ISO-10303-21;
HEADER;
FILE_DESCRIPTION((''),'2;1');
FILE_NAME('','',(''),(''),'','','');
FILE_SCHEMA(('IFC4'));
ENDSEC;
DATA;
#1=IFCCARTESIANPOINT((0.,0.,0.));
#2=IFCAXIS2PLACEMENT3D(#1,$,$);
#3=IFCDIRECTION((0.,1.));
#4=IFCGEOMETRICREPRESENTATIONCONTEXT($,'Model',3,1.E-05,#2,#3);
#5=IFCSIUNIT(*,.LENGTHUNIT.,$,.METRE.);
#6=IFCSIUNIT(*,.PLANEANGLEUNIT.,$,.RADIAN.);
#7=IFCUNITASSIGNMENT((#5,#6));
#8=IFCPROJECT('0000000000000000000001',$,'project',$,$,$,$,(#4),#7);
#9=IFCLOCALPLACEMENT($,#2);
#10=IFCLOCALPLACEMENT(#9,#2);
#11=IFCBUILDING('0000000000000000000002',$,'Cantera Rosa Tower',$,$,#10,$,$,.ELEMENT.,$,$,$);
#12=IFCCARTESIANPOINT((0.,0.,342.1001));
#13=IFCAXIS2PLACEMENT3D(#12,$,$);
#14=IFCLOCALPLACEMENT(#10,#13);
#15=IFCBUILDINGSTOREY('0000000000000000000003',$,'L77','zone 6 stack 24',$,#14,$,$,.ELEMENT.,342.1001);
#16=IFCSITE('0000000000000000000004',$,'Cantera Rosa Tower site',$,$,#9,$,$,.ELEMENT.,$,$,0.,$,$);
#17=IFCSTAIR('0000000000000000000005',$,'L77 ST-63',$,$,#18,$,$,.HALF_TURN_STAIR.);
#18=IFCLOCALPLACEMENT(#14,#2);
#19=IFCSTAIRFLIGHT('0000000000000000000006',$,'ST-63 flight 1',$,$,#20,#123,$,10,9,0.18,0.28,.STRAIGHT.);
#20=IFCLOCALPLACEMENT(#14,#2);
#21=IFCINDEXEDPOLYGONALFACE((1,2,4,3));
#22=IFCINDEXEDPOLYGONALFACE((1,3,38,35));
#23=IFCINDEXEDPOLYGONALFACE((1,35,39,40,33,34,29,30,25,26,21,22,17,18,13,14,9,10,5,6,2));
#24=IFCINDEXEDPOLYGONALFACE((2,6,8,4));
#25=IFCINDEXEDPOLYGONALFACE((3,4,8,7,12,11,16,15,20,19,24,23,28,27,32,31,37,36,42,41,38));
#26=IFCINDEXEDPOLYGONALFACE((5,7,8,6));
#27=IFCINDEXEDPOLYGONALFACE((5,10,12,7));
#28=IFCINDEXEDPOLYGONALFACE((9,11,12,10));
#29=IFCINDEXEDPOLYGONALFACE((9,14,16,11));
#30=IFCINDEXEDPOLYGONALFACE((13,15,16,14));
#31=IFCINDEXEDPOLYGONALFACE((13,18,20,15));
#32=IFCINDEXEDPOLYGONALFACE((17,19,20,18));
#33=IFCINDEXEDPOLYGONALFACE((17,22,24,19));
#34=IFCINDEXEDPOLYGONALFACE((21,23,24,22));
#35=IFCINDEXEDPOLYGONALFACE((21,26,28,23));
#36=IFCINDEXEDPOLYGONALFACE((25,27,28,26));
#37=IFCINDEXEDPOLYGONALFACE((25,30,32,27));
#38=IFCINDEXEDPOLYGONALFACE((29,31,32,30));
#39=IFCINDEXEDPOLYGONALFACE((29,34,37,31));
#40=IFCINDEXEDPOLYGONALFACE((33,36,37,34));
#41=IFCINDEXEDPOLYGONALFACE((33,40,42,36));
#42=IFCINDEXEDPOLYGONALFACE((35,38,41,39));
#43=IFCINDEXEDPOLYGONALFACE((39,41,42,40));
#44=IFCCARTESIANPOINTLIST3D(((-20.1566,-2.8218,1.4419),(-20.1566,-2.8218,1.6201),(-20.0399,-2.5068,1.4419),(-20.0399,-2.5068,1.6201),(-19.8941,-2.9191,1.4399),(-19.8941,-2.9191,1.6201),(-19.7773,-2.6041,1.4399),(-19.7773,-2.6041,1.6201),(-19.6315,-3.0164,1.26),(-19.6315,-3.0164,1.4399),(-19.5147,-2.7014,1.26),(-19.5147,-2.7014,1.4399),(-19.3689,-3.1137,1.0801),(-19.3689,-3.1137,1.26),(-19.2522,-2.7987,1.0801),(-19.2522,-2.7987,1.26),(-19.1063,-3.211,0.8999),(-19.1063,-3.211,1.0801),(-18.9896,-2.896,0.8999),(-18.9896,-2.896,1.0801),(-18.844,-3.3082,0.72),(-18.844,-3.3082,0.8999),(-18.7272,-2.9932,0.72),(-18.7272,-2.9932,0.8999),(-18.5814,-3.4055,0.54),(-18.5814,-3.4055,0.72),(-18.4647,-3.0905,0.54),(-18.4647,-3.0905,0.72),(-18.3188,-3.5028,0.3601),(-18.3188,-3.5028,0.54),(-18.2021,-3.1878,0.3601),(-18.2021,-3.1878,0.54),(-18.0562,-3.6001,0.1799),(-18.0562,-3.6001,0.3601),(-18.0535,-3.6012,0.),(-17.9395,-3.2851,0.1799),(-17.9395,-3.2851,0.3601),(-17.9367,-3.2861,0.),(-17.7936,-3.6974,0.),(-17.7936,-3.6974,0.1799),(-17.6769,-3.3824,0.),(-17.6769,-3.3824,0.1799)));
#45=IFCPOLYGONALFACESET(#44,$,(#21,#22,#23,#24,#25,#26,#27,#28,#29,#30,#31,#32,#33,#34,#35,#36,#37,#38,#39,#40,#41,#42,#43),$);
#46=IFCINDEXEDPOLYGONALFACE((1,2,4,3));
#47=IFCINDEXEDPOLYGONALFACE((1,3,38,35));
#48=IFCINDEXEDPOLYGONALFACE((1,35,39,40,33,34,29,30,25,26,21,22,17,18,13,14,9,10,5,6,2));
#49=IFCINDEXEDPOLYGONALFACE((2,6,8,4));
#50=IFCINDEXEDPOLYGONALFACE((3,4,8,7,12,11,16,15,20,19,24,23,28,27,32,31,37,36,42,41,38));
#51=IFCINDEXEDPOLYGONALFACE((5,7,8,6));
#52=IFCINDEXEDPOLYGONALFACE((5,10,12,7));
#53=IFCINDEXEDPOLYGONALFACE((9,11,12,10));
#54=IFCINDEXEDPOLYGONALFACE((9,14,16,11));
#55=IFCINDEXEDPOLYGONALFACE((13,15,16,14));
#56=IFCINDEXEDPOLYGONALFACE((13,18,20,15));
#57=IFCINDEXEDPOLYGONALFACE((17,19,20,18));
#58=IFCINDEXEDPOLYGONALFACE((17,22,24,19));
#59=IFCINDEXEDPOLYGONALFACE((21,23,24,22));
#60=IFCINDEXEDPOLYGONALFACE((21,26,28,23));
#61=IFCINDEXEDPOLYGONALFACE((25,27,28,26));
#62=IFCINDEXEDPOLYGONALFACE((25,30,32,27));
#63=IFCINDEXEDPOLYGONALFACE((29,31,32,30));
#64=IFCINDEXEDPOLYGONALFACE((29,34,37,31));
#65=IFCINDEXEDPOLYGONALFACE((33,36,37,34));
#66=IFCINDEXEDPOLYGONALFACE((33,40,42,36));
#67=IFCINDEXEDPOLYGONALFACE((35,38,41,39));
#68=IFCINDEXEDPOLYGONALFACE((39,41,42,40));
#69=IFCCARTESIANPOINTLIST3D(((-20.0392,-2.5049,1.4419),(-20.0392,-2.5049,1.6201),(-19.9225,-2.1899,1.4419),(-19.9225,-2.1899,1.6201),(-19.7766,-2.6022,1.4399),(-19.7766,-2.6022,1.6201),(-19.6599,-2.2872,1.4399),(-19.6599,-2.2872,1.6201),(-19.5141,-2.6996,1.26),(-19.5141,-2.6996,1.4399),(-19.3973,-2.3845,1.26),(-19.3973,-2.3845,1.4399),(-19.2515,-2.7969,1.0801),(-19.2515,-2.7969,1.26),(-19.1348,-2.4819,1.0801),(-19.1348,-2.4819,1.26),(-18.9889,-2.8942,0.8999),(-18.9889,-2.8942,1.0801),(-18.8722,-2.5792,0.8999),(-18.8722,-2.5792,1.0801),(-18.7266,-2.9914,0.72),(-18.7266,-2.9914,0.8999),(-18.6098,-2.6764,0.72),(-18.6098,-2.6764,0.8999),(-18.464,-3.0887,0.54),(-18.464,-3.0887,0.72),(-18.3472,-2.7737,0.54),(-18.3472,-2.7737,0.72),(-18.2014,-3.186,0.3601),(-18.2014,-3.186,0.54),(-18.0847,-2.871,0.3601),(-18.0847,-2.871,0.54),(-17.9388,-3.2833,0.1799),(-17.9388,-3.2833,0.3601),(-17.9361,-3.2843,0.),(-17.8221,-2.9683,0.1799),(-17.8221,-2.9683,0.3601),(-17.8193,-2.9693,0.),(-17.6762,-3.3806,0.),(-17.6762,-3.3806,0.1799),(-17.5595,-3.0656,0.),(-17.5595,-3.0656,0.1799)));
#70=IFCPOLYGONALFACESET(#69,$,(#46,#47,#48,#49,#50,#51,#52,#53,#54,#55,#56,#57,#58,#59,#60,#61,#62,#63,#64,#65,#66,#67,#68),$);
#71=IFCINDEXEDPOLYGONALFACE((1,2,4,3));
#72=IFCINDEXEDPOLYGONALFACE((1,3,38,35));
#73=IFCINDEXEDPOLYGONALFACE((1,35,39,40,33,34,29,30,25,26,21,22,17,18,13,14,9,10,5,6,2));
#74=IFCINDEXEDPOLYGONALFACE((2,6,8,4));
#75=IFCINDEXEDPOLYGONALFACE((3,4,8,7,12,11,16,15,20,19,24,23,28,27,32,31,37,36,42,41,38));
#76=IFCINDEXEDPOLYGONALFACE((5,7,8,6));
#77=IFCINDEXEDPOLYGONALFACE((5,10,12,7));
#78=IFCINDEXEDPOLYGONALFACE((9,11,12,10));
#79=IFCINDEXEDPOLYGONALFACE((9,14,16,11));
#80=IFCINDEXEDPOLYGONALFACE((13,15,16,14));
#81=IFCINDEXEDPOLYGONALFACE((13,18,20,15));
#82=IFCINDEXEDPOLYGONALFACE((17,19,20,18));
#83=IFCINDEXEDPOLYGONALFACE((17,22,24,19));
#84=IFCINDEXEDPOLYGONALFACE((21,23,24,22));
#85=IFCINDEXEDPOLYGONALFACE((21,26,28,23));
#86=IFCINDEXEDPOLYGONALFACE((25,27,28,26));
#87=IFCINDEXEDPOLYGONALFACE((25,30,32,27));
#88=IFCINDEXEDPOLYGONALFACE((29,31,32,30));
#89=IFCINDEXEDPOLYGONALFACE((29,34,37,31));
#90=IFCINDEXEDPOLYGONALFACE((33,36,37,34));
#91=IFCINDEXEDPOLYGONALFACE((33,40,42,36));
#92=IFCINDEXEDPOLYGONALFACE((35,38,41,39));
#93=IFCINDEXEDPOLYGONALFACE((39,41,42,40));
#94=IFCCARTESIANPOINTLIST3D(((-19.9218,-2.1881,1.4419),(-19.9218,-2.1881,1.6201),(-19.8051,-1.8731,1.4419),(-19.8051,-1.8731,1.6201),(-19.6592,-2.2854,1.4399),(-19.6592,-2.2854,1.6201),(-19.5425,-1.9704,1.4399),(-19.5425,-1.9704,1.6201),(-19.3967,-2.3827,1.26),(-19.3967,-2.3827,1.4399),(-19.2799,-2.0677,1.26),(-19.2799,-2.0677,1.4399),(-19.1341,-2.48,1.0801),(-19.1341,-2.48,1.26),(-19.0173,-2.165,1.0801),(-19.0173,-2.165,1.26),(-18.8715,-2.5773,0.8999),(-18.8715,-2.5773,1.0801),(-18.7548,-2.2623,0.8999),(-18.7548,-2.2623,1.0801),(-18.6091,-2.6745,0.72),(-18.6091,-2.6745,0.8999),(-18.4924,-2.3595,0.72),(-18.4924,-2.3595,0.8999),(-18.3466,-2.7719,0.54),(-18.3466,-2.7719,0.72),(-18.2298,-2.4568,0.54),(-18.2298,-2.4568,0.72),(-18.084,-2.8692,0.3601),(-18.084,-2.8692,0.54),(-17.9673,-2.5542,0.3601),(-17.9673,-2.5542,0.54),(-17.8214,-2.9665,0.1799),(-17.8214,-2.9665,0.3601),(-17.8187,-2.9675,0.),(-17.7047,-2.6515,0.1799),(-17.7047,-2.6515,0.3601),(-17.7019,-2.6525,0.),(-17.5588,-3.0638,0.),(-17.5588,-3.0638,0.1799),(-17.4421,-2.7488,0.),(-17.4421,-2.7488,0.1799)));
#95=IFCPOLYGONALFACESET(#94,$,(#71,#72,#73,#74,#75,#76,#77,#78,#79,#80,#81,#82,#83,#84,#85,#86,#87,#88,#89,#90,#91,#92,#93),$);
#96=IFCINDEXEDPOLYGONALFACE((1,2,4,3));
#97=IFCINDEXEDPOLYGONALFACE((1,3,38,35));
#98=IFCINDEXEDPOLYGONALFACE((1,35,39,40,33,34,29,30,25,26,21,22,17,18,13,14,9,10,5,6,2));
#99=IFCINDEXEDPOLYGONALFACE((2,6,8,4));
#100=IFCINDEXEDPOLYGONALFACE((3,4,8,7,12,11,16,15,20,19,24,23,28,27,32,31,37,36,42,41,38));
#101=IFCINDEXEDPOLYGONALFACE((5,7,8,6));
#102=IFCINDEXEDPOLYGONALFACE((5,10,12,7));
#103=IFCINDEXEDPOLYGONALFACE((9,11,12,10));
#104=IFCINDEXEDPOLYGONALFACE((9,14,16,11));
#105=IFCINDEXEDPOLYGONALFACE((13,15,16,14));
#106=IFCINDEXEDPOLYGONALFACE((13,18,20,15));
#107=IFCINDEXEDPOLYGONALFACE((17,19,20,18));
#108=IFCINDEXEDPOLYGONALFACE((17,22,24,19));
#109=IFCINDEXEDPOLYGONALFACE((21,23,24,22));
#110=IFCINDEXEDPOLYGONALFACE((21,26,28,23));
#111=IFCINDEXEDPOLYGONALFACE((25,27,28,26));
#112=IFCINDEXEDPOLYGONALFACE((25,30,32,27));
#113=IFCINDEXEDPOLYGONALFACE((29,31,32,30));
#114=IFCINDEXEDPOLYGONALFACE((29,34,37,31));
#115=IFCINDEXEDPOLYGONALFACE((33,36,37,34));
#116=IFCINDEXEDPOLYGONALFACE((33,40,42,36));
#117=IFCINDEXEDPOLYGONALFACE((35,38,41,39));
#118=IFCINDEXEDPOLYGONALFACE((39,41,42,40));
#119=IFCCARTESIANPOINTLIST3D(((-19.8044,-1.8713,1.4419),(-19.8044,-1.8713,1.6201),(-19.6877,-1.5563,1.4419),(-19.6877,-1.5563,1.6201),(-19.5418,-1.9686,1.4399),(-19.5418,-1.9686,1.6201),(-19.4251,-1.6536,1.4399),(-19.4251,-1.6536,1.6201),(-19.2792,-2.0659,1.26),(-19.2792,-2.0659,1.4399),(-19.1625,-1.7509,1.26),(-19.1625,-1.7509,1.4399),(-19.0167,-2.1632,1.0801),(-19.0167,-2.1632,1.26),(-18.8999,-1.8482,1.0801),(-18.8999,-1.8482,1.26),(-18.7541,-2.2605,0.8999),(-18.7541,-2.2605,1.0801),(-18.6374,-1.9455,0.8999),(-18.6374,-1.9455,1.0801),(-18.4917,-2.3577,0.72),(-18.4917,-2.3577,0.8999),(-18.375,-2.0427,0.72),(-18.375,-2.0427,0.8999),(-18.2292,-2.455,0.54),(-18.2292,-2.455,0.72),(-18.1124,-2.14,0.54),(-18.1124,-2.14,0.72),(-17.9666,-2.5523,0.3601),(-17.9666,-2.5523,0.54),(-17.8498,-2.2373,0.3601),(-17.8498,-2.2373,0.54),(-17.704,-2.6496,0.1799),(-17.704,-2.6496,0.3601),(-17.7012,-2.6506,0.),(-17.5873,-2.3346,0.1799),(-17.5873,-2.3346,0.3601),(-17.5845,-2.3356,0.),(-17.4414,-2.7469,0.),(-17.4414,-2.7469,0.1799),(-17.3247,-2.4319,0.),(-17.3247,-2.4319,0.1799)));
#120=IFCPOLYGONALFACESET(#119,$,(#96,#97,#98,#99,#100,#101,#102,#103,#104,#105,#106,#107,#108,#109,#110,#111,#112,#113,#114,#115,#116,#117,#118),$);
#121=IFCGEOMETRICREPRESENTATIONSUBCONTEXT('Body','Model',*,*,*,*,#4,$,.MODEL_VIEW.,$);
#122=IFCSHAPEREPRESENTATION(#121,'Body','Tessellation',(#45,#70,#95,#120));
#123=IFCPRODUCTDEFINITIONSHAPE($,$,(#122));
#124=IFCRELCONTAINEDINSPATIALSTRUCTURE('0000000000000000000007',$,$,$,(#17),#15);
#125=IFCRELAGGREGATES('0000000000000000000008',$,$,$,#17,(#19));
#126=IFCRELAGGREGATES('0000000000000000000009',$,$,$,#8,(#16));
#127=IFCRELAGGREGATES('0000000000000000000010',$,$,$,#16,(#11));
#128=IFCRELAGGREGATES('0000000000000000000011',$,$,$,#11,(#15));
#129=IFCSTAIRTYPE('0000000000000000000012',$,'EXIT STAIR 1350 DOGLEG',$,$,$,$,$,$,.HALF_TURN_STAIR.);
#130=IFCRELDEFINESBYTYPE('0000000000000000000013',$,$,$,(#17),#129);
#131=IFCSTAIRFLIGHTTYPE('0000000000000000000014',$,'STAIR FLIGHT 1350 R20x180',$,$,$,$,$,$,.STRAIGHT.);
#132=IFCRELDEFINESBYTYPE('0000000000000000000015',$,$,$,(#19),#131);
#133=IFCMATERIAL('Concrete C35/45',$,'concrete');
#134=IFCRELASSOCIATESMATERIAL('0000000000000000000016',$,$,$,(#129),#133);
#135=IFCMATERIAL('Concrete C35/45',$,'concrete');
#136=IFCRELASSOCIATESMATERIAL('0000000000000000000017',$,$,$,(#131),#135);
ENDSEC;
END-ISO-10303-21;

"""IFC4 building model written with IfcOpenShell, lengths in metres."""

from ifc_helpers import new_model, si_unit, direction, frame, origin, place, context, subcontext, project, spatial, polyline, outline, extrude, material, type_object, element, aggregate, save


model = new_model("IFC4")

# Units and contexts
model_context = context("Model", 3, precision=1e-05, world=origin(), true_north=direction((0.0, 1.0)))
body_context = subcontext(model_context, "Body", "Model", "MODEL_VIEW")
ifc_project = project(units=[si_unit("LENGTHUNIT", "METRE"), si_unit("PLANEANGLEUNIT", "RADIAN")], contexts=[model_context])

# Site, building, storey
site_placement = place(None, origin())
site = spatial("IfcSite", under=ifc_project, at=site_placement, Name="Cantera Rosa Tower site", CompositionType="ELEMENT", RefElevation=0.0)
building_placement = place(site_placement, origin())
building = spatial("IfcBuilding", under=site, at=building_placement, Name="Cantera Rosa Tower", CompositionType="ELEMENT")
storey_placement = place(building_placement, frame((0.0, 0.0, 342.1001)))
storey = spatial("IfcBuildingStorey", under=building, at=storey_placement, Name="L77", Description="zone 6 stack 24", CompositionType="ELEMENT", Elevation=342.1001)

# Stair, stair flight
ifc_material_1 = material(Name="Concrete C35/45", Category="concrete")
stair_type = type_object("IfcStairType", Name="EXIT STAIR 1350 DOGLEG", PredefinedType="HALF_TURN_STAIR", material=ifc_material_1)
stair_placement = place(storey_placement, origin())
stair = element("IfcStair", 1, at=stair_placement, inside=storey, type_object=stair_type, Name="L77 ST-63", PredefinedType="HALF_TURN_STAIR")
ifc_material_2 = material(Name="Concrete C35/45", Category="concrete")
stair_flight_type = type_object("IfcStairFlightType", Name="STAIR FLIGHT 1350 R20x180", PredefinedType="STRAIGHT", material=ifc_material_2)
stair_flight_1_placement = place(storey_placement, frame((-17.5591, -3.0645, 0.0), z_axis=(0.0, 0.0, 1.0), x_axis=(-0.937687, 0.347481, 0.0)))
stair_flight_1 = element("IfcStairFlight", 2, at=stair_flight_1_placement, type_object=stair_flight_type, Name="ST-63 flight 1", NumberOfRisers=10, NumberOfTreads=9, PredefinedType="STRAIGHT", RiserHeight=0.18, TreadLength=0.28, context=body_context, shape_type="SweptSolid", body=[
    extrude(outline(polyline([(0.0, 0.0), (0.0, 0.1799), (0.28, 0.1799), (0.28, 0.3601), (0.5601, 0.3601), (0.5601, 0.54), (0.8401, 0.54), (0.8401, 0.72), (1.1201, 0.72), (1.1201, 0.8999), (1.3999, 0.8999), (1.3999, 1.0801), (1.6799, 1.0801), (1.6799, 1.26), (1.96, 1.26), (1.96, 1.4399), (2.24, 1.4399), (2.24, 1.6201), (2.52, 1.6201), (2.52, 1.8), (2.52, 1.4419), (0.2771, 0.0), (0.0, 0.0)])), frame((0.0, 0.675, 0.0), z_axis=(0.0, -1.0, 0.0), x_axis=(1.0, 0.0, 0.0)), (0.0, 0.0, 1.0), 0.3359),
    extrude(outline(polyline([(0.0, 0.0), (0.0, 0.1799), (0.28, 0.1799), (0.28, 0.3601), (0.5601, 0.3601), (0.5601, 0.54), (0.8401, 0.54), (0.8401, 0.72), (1.1201, 0.72), (1.1201, 0.8999), (1.3999, 0.8999), (1.3999, 1.0801), (1.6799, 1.0801), (1.6799, 1.26), (1.96, 1.26), (1.96, 1.4399), (2.24, 1.4399), (2.24, 1.6201), (2.52, 1.6201), (2.52, 1.8), (2.52, 1.4419), (0.2771, 0.0), (0.0, 0.0)])), frame((0.0, 0.3372, 0.0), z_axis=(0.0, -1.0, 0.0), x_axis=(1.0, 0.0, 0.0)), (0.0, 0.0, 1.0), 0.3359),
    extrude(outline(polyline([(0.0, 0.0), (0.0, 0.1799), (0.28, 0.1799), (0.28, 0.3601), (0.5601, 0.3601), (0.5601, 0.54), (0.8401, 0.54), (0.8401, 0.72), (1.1201, 0.72), (1.1201, 0.8999), (1.3999, 0.8999), (1.3999, 1.0801), (1.6799, 1.0801), (1.6799, 1.26), (1.96, 1.26), (1.96, 1.4399), (2.24, 1.4399), (2.24, 1.6201), (2.52, 1.6201), (2.52, 1.8), (2.52, 1.4419), (0.2771, 0.0), (0.0, 0.0)])), frame((0.0, -0.0007, 0.0), z_axis=(0.0, -1.0, 0.0), x_axis=(1.0, 0.0, 0.0)), (0.0, 0.0, 1.0), 0.3359),
    extrude(outline(polyline([(0.0, 0.0), (0.0, 0.1799), (0.28, 0.1799), (0.28, 0.3601), (0.5601, 0.3601), (0.5601, 0.54), (0.8401, 0.54), (0.8401, 0.72), (1.1201, 0.72), (1.1201, 0.8999), (1.3999, 0.8999), (1.3999, 1.0801), (1.6799, 1.0801), (1.6799, 1.26), (1.96, 1.26), (1.96, 1.4399), (2.24, 1.4399), (2.24, 1.6201), (2.52, 1.6201), (2.52, 1.8), (2.52, 1.4419), (0.2771, 0.0), (0.0, 0.0)])), frame((0.0, -0.3386, 0.0), z_axis=(0.0, -1.0, 0.0), x_axis=(1.0, 0.0, 0.0)), (0.0, 0.0, 1.0), 0.3359),
])
aggregate(stair, [stair_flight_1])

save(model, "model.ifc")
